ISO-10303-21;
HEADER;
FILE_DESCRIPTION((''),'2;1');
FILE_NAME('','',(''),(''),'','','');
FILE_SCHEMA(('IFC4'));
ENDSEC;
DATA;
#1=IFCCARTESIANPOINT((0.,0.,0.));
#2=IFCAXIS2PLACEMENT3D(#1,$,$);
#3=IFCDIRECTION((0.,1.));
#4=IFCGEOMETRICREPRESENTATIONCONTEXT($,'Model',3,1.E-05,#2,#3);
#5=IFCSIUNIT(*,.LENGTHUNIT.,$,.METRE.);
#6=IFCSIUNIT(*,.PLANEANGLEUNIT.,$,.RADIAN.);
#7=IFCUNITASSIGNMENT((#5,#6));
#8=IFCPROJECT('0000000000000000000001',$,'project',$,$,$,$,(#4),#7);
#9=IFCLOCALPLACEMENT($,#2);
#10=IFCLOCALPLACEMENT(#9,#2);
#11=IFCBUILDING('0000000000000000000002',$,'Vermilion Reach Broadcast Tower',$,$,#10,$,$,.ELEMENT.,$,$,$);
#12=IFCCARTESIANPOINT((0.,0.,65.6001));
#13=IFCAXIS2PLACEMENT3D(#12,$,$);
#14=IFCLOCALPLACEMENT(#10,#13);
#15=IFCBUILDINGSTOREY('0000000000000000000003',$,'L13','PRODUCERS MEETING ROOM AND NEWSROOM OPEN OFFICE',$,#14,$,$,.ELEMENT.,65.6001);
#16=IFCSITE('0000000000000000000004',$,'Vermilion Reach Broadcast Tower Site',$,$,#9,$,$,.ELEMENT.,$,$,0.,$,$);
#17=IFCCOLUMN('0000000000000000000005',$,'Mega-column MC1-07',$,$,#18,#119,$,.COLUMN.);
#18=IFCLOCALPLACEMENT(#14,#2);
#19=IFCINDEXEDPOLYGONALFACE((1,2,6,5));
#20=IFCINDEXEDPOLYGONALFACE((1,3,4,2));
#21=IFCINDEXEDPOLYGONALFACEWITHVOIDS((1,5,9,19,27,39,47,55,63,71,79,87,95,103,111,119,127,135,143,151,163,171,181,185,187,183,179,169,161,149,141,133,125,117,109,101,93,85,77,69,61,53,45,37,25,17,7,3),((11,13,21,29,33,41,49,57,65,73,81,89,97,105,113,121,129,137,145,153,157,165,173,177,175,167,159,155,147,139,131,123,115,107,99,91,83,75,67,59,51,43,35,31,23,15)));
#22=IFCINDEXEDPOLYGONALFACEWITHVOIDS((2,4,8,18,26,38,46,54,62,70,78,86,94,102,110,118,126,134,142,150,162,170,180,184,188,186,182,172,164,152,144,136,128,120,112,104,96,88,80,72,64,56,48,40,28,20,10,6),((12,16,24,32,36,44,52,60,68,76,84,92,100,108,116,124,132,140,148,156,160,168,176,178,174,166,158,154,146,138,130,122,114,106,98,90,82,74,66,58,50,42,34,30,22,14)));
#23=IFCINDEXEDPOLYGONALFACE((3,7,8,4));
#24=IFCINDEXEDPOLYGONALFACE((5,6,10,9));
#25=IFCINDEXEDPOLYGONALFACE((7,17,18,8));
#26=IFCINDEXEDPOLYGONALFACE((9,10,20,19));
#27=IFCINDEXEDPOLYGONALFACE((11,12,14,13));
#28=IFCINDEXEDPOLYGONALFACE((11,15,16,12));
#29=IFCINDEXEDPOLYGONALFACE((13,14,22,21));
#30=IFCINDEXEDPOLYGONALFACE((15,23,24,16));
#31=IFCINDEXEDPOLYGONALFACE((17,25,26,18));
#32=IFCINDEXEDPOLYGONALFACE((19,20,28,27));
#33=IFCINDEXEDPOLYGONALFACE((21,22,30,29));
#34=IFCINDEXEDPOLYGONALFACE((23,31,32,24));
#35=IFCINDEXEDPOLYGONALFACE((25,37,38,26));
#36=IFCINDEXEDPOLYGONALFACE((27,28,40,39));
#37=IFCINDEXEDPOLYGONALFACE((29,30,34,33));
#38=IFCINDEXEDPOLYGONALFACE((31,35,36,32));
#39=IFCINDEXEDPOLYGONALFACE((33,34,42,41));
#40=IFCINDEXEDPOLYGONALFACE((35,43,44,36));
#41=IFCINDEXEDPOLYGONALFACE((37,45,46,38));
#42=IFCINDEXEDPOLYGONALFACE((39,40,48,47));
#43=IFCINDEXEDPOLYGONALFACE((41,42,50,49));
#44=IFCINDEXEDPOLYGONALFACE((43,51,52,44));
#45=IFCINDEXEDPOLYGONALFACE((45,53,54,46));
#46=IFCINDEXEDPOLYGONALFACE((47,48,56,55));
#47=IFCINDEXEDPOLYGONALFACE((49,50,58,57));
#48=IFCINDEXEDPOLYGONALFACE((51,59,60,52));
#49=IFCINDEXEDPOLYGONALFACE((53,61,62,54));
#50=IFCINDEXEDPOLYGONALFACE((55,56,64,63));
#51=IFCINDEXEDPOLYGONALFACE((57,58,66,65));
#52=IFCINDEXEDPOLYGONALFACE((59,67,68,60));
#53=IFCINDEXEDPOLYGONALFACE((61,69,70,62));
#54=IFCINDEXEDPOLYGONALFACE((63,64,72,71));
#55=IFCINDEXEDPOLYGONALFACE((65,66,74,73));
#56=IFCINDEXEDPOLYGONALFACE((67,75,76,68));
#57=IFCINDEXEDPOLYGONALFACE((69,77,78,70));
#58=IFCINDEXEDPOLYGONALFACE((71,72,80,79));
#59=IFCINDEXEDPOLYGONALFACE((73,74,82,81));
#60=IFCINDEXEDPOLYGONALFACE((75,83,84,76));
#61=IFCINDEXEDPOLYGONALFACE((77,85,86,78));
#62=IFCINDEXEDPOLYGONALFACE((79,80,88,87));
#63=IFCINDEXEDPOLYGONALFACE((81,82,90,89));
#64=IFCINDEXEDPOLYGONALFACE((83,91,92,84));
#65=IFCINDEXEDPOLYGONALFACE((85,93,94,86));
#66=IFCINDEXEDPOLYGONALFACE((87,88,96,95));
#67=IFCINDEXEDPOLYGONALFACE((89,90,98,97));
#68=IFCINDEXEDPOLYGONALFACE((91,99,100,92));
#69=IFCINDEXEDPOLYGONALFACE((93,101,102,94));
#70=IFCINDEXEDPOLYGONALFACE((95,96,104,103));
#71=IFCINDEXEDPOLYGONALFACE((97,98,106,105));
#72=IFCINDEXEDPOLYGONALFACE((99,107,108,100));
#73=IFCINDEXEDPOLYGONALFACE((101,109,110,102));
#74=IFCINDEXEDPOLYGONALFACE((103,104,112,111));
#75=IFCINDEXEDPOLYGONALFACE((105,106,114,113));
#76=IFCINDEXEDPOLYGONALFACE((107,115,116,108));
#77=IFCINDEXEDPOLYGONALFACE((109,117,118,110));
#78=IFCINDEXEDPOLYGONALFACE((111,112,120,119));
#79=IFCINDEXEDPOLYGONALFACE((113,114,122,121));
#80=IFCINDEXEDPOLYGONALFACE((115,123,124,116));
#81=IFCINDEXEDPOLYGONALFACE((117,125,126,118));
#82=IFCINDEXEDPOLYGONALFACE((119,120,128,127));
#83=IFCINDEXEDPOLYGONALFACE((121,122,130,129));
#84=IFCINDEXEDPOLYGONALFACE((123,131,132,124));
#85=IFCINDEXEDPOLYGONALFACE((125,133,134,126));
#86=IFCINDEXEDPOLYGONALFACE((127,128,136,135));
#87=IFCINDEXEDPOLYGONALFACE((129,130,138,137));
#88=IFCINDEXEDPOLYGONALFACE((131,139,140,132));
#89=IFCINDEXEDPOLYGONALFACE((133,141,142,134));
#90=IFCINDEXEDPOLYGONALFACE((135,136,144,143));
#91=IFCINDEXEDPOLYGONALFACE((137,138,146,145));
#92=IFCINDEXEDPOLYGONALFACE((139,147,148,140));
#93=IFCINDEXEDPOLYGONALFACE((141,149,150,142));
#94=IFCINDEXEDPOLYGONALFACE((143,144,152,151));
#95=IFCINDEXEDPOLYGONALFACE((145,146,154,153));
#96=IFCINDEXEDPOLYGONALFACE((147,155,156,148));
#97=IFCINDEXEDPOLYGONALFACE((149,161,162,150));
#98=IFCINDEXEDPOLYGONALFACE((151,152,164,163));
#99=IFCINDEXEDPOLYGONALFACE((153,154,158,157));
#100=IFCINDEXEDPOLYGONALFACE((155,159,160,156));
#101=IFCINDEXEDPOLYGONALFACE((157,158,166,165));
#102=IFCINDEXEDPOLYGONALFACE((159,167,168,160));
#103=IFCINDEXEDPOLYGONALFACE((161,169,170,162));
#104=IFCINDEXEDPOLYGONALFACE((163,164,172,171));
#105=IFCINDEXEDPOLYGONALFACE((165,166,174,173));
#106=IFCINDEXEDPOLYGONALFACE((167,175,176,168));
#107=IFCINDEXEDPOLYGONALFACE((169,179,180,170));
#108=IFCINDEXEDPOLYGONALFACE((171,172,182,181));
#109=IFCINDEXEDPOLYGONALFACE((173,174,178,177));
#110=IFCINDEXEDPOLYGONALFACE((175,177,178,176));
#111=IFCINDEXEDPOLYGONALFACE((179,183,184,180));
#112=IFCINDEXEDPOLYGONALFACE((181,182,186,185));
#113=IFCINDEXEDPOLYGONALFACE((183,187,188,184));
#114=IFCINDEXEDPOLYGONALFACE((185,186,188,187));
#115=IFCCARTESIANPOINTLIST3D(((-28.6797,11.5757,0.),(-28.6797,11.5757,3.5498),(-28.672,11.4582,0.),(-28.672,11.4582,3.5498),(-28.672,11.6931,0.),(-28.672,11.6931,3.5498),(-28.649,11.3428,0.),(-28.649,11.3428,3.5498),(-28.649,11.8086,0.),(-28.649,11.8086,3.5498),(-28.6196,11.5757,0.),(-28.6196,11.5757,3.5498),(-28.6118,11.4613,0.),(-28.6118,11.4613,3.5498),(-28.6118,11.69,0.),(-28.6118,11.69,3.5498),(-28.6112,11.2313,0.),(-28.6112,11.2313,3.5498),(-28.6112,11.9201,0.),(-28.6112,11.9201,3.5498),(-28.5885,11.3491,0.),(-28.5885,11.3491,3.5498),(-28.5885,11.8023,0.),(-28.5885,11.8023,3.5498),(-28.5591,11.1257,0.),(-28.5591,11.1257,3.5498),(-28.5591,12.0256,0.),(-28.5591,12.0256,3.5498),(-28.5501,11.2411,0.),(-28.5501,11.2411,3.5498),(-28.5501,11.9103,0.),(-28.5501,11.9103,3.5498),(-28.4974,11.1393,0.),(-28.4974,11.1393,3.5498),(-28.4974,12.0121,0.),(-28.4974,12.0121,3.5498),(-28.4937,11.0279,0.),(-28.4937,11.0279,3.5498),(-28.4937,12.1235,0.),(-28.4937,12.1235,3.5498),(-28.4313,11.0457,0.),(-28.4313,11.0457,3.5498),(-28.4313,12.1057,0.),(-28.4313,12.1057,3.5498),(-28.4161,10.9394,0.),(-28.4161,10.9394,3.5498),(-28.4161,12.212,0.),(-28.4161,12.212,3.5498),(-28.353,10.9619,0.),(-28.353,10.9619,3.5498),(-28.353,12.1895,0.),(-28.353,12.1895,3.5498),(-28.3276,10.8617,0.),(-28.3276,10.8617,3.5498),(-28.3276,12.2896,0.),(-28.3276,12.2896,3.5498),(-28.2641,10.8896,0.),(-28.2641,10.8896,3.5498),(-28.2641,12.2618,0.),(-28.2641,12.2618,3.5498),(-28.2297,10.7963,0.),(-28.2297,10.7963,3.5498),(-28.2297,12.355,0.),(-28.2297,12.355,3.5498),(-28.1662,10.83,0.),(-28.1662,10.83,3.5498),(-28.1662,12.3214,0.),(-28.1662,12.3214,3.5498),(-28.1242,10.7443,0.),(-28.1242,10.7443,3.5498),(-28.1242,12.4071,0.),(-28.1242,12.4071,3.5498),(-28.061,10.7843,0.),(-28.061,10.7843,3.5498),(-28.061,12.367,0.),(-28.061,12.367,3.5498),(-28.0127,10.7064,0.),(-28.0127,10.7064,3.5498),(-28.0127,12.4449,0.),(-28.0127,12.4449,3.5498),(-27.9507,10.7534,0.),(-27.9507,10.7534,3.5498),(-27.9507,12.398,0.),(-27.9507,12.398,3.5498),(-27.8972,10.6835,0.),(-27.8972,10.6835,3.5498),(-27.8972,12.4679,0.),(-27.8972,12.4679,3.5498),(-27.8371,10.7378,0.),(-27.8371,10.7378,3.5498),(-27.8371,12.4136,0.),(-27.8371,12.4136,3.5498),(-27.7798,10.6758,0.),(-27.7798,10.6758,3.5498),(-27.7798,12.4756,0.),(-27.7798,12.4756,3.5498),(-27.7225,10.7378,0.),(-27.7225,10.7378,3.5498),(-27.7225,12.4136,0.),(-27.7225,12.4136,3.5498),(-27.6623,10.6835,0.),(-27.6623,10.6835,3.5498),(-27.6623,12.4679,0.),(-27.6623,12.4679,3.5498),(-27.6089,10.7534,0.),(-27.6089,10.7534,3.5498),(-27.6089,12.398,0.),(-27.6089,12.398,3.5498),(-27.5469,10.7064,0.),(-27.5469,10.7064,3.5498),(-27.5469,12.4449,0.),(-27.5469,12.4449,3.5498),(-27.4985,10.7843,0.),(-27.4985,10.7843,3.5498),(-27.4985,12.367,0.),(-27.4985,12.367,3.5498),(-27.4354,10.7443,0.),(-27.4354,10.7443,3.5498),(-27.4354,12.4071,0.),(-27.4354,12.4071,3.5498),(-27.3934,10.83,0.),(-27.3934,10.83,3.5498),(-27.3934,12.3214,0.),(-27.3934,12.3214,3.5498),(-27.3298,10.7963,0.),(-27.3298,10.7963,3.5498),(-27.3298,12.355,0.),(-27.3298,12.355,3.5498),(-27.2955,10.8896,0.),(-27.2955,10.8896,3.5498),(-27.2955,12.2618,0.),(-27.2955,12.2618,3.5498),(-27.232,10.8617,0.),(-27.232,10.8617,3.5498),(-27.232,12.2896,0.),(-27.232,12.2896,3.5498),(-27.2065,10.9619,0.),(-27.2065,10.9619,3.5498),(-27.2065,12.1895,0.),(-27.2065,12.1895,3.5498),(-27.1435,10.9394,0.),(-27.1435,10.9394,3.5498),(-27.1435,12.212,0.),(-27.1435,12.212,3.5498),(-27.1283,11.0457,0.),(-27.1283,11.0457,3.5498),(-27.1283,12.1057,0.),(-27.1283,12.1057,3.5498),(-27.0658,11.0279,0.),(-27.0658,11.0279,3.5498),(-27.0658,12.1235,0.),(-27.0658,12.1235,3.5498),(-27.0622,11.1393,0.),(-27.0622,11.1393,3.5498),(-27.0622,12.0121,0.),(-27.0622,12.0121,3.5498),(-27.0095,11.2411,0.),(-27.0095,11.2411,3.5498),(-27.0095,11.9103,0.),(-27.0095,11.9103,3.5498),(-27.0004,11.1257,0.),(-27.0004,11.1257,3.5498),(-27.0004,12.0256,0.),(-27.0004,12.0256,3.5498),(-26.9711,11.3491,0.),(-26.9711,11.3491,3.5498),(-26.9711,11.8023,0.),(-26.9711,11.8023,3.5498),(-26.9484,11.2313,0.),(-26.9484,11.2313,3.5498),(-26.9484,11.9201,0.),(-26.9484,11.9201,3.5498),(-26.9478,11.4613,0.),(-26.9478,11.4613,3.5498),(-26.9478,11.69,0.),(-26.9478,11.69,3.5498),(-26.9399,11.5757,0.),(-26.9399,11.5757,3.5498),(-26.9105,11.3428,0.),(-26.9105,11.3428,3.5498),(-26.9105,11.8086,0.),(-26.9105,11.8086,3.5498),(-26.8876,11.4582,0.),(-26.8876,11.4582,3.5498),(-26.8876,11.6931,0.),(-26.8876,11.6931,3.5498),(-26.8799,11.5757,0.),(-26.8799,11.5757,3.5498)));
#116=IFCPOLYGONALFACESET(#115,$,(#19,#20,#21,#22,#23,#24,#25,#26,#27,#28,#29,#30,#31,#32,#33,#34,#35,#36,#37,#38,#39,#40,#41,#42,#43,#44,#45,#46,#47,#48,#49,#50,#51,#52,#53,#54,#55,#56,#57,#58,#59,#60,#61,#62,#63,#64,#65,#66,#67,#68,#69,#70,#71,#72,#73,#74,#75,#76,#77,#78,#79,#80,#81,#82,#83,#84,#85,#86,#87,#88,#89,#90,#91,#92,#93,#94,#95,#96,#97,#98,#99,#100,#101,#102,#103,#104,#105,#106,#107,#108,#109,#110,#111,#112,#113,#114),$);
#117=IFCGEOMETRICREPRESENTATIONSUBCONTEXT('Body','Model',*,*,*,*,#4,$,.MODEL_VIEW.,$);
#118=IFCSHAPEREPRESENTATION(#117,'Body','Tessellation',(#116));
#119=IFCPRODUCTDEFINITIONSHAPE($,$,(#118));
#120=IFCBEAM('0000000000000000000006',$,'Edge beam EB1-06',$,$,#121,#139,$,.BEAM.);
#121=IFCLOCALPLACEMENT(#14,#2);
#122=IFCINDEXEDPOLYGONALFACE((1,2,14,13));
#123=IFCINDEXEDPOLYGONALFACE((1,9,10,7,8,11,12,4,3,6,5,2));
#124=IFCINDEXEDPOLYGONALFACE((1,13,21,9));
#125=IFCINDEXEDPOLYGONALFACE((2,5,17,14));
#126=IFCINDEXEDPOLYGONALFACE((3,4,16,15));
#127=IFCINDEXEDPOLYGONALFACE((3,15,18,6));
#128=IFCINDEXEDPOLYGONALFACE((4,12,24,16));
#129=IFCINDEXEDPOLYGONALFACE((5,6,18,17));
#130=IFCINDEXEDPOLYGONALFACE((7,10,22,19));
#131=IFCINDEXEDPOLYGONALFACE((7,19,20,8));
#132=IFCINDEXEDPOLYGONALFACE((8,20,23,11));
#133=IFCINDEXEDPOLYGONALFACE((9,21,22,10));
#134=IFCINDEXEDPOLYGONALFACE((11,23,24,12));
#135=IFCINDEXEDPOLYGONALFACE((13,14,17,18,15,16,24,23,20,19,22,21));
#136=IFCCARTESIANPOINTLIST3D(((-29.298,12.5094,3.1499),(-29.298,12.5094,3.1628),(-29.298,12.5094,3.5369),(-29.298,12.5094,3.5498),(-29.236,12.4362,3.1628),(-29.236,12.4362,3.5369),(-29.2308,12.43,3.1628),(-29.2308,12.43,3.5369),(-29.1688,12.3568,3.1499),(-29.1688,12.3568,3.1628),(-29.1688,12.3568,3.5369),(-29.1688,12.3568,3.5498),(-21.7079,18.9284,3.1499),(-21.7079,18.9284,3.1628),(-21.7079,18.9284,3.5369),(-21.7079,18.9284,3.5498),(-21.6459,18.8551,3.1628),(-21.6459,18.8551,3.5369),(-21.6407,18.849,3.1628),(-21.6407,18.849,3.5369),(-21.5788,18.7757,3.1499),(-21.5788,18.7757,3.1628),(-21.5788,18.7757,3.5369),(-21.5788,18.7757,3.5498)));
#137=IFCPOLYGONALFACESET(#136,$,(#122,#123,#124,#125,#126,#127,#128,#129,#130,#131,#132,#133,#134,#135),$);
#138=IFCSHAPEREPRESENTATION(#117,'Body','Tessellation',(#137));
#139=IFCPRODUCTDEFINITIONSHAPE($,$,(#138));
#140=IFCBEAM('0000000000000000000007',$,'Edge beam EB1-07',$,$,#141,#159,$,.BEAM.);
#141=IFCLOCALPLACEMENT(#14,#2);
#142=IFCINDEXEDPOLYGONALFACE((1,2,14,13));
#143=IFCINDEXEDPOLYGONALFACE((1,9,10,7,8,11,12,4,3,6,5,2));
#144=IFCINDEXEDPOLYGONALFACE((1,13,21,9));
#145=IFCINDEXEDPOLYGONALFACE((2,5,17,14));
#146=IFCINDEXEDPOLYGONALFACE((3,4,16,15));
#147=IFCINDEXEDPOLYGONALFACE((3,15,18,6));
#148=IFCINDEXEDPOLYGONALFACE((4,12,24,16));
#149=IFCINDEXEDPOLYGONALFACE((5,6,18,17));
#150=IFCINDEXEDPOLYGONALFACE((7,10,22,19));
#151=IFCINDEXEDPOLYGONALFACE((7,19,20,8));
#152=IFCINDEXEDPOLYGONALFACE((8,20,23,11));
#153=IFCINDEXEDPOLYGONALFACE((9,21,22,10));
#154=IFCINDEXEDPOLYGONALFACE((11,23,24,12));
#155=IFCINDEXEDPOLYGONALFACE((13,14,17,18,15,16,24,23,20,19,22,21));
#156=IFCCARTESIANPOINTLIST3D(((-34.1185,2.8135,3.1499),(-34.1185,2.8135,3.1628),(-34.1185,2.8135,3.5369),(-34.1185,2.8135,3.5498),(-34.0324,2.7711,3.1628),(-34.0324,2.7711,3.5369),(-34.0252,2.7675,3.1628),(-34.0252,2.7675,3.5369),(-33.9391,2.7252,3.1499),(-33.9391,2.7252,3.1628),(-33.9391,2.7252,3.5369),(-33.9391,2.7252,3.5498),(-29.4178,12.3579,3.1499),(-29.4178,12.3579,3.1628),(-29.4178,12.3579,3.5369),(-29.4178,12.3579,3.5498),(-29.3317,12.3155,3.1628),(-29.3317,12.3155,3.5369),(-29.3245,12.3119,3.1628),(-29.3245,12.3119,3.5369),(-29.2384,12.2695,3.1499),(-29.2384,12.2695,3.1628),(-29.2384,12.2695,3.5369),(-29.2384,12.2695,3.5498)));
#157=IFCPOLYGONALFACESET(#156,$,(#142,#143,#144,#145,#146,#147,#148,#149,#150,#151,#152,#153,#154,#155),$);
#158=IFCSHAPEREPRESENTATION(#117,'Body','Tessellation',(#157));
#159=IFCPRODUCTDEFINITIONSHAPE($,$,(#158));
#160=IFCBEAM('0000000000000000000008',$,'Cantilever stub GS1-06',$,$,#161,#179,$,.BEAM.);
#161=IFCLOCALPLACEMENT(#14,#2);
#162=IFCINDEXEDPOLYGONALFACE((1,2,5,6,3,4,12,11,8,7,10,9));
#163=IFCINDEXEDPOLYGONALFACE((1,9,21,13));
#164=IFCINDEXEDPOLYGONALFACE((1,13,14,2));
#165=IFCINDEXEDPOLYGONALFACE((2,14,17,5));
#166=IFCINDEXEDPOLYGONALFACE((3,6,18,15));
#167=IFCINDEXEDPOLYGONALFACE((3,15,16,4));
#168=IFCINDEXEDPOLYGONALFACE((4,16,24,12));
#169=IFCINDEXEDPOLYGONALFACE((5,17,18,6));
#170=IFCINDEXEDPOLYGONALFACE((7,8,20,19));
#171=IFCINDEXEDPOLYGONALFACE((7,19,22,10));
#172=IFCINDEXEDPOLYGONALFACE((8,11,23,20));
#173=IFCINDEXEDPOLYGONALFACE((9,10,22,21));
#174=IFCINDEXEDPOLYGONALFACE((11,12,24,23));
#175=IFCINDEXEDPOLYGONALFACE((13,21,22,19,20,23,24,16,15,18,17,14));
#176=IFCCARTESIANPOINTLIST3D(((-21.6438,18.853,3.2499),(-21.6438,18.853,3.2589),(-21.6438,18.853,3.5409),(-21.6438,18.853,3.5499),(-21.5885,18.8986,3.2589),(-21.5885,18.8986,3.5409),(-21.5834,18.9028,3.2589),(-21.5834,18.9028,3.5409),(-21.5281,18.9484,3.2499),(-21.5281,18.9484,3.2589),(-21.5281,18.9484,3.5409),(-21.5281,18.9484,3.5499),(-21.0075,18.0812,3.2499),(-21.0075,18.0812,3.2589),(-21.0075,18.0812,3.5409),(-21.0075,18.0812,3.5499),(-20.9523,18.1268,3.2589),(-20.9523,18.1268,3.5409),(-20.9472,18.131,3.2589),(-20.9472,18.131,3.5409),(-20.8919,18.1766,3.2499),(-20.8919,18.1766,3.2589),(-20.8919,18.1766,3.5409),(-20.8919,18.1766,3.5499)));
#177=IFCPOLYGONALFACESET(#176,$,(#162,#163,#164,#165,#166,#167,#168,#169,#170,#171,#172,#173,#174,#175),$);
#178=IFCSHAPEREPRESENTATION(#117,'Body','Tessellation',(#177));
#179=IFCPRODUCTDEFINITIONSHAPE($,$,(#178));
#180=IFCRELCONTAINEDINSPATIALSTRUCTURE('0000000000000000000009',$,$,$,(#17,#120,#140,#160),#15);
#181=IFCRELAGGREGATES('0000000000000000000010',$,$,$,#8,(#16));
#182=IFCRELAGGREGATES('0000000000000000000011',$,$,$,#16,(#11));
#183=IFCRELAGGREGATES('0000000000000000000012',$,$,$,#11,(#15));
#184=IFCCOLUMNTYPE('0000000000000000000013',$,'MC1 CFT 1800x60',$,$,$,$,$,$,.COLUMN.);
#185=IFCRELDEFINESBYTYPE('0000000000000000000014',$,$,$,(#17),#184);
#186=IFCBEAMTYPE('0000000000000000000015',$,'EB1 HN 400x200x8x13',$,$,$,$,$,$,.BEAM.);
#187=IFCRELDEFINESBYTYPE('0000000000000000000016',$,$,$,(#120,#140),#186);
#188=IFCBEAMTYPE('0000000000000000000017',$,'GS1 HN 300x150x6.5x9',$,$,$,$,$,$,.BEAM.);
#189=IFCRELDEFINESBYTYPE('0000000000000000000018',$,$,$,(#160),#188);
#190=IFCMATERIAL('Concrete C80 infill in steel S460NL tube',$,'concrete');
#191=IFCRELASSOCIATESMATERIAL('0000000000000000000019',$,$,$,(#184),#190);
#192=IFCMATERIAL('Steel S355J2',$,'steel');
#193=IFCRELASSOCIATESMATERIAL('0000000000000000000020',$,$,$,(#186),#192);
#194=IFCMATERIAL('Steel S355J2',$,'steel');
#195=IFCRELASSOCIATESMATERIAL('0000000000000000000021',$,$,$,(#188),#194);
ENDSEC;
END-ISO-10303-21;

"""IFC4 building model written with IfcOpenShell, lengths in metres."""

from ifc_helpers import new_model, si_unit, direction, frame, origin, origin_2d, place, context, subcontext, project, spatial, hollow_circle, i_section, extrude, material, material_profile, profile_set, type_object, element, save


model = new_model("IFC4")

# Units and contexts
model_context = context("Model", 3, precision=1e-05, world=origin(), true_north=direction((0.0, 1.0)))
body_context = subcontext(model_context, "Body", "Model", "MODEL_VIEW")
ifc_project = project(units=[si_unit("LENGTHUNIT", "METRE"), si_unit("PLANEANGLEUNIT", "RADIAN")], contexts=[model_context])

# Site, building, storey
site_placement = place(None, origin())
site = spatial("IfcSite", under=ifc_project, at=site_placement, Name="Vermilion Reach Broadcast Tower Site", CompositionType="ELEMENT", RefElevation=0.0)
building_placement = place(site_placement, origin())
building = spatial("IfcBuilding", under=site, at=building_placement, Name="Vermilion Reach Broadcast Tower", CompositionType="ELEMENT")
storey_placement = place(building_placement, frame((0.0, 0.0, 65.6001)))
storey = spatial("IfcBuildingStorey", under=building, at=storey_placement, Name="L13", Description="PRODUCERS MEETING ROOM AND NEWSROOM OPEN OFFICE", CompositionType="ELEMENT", Elevation=65.6001)

# Column
ifc_material_1 = material(Name="Concrete C80 infill in steel S460NL tube", Category="concrete")
ifc_material_profile_1 = material_profile(ifc_material_1, hollow_circle(Radius=0.8999, WallThickness=0.0601, at=origin_2d()), Name="Concrete C80 infill in steel S460NL tube CFT 1800x60")
ifc_profile_set_1 = profile_set([ifc_material_profile_1], Name="Concrete C80 infill in steel S460NL tube")
column_type = type_object("IfcColumnType", Name="MC1 CFT 1800x60", PredefinedType="COLUMN", material=ifc_profile_set_1)
for number, where, z_axis, x_axis, name in (
    (1, (-27.7798, 11.5757, 0.0), (0.0, 0.0, 1.0), (1.0, 0.0, 0.0), "Mega-column MC1-07"),
):
    element("IfcColumn", number, at=place(storey_placement, frame(where, z_axis=z_axis, x_axis=x_axis)), inside=storey, type_object=column_type, Name=name, PredefinedType="COLUMN", context=body_context, shape_type="SweptSolid", body=[
        extrude(hollow_circle(Radius=0.8999, WallThickness=0.0601, at=origin_2d()), origin(), (0.0, 0.0, 1.0), 3.5498),
    ])

# Beams
ifc_material_2 = material(Name="Steel S355J2", Category="steel")
ifc_material_profile_2 = material_profile(ifc_material_2, i_section(OverallWidth=0.2, OverallDepth=0.3999, WebThickness=0.0081, FlangeThickness=0.0129, at=origin_2d()), Name="S355J2 HN 400x200x8x13")
ifc_profile_set_2 = profile_set([ifc_material_profile_2], Name="Steel S355J2")
beam_type_1 = type_object("IfcBeamType", Name="EB1 HN 400x200x8x13", PredefinedType="BEAM", material=ifc_profile_set_2)
beam_1_placement = place(storey_placement, frame((-21.6433, 18.8521, 3.3499), z_axis=(-0.763557, -0.645741, 0.0), x_axis=(0.645741, -0.763557, 0.0)))
element("IfcBeam", 2, at=beam_1_placement, inside=storey, type_object=beam_type_1, Name="Edge beam EB1-06", PredefinedType="BEAM", context=body_context, shape_type="SweptSolid", body=[
    extrude(i_section(OverallWidth=0.2, OverallDepth=0.3999, WebThickness=0.0081, FlangeThickness=0.0129, at=origin_2d()), origin(), (0.0, 0.0, 1.0), 9.9404),
])
beam_2_placement = place(storey_placement, frame((-29.3281, 12.3137, 3.3499), z_axis=(-0.441827, -0.8971, 0.0), x_axis=(0.8971, -0.441827, 0.0)))
element("IfcBeam", 3, at=beam_2_placement, inside=storey, type_object=beam_type_1, Name="Edge beam EB1-07", PredefinedType="BEAM", context=body_context, shape_type="SweptSolid", body=[
    extrude(i_section(OverallWidth=0.2, OverallDepth=0.3999, WebThickness=0.0081, FlangeThickness=0.0129, at=origin_2d()), origin(), (0.0, 0.0, 1.0), 10.6392),
])
ifc_material_3 = material(Name="Steel S355J2", Category="steel")
ifc_material_profile_3 = material_profile(ifc_material_3, i_section(OverallWidth=0.1499, OverallDepth=0.3, WebThickness=0.0066, FlangeThickness=0.009, at=origin_2d()), Name="S355J2 HN 300x150x6.5x9")
ifc_profile_set_3 = profile_set([ifc_material_profile_3], Name="Steel S355J2")
beam_type_2 = type_object("IfcBeamType", Name="GS1 HN 300x150x6.5x9", PredefinedType="BEAM", material=ifc_profile_set_3)
beam_3_placement = place(storey_placement, frame((-20.9497, 18.1289, 3.3999), z_axis=(-0.636118, 0.771592, 0.0), x_axis=(-0.771592, -0.636118, 0.0)))
element("IfcBeam", 4, at=beam_3_placement, inside=storey, type_object=beam_type_2, Name="Cantilever stub GS1-06", PredefinedType="BEAM", context=body_context, shape_type="SweptSolid", body=[
    extrude(i_section(OverallWidth=0.1499, OverallDepth=0.3, WebThickness=0.0066, FlangeThickness=0.009, at=origin_2d()), origin(), (0.0, 0.0, 1.0), 1.0002),
])

save(model, "model.ifc")
